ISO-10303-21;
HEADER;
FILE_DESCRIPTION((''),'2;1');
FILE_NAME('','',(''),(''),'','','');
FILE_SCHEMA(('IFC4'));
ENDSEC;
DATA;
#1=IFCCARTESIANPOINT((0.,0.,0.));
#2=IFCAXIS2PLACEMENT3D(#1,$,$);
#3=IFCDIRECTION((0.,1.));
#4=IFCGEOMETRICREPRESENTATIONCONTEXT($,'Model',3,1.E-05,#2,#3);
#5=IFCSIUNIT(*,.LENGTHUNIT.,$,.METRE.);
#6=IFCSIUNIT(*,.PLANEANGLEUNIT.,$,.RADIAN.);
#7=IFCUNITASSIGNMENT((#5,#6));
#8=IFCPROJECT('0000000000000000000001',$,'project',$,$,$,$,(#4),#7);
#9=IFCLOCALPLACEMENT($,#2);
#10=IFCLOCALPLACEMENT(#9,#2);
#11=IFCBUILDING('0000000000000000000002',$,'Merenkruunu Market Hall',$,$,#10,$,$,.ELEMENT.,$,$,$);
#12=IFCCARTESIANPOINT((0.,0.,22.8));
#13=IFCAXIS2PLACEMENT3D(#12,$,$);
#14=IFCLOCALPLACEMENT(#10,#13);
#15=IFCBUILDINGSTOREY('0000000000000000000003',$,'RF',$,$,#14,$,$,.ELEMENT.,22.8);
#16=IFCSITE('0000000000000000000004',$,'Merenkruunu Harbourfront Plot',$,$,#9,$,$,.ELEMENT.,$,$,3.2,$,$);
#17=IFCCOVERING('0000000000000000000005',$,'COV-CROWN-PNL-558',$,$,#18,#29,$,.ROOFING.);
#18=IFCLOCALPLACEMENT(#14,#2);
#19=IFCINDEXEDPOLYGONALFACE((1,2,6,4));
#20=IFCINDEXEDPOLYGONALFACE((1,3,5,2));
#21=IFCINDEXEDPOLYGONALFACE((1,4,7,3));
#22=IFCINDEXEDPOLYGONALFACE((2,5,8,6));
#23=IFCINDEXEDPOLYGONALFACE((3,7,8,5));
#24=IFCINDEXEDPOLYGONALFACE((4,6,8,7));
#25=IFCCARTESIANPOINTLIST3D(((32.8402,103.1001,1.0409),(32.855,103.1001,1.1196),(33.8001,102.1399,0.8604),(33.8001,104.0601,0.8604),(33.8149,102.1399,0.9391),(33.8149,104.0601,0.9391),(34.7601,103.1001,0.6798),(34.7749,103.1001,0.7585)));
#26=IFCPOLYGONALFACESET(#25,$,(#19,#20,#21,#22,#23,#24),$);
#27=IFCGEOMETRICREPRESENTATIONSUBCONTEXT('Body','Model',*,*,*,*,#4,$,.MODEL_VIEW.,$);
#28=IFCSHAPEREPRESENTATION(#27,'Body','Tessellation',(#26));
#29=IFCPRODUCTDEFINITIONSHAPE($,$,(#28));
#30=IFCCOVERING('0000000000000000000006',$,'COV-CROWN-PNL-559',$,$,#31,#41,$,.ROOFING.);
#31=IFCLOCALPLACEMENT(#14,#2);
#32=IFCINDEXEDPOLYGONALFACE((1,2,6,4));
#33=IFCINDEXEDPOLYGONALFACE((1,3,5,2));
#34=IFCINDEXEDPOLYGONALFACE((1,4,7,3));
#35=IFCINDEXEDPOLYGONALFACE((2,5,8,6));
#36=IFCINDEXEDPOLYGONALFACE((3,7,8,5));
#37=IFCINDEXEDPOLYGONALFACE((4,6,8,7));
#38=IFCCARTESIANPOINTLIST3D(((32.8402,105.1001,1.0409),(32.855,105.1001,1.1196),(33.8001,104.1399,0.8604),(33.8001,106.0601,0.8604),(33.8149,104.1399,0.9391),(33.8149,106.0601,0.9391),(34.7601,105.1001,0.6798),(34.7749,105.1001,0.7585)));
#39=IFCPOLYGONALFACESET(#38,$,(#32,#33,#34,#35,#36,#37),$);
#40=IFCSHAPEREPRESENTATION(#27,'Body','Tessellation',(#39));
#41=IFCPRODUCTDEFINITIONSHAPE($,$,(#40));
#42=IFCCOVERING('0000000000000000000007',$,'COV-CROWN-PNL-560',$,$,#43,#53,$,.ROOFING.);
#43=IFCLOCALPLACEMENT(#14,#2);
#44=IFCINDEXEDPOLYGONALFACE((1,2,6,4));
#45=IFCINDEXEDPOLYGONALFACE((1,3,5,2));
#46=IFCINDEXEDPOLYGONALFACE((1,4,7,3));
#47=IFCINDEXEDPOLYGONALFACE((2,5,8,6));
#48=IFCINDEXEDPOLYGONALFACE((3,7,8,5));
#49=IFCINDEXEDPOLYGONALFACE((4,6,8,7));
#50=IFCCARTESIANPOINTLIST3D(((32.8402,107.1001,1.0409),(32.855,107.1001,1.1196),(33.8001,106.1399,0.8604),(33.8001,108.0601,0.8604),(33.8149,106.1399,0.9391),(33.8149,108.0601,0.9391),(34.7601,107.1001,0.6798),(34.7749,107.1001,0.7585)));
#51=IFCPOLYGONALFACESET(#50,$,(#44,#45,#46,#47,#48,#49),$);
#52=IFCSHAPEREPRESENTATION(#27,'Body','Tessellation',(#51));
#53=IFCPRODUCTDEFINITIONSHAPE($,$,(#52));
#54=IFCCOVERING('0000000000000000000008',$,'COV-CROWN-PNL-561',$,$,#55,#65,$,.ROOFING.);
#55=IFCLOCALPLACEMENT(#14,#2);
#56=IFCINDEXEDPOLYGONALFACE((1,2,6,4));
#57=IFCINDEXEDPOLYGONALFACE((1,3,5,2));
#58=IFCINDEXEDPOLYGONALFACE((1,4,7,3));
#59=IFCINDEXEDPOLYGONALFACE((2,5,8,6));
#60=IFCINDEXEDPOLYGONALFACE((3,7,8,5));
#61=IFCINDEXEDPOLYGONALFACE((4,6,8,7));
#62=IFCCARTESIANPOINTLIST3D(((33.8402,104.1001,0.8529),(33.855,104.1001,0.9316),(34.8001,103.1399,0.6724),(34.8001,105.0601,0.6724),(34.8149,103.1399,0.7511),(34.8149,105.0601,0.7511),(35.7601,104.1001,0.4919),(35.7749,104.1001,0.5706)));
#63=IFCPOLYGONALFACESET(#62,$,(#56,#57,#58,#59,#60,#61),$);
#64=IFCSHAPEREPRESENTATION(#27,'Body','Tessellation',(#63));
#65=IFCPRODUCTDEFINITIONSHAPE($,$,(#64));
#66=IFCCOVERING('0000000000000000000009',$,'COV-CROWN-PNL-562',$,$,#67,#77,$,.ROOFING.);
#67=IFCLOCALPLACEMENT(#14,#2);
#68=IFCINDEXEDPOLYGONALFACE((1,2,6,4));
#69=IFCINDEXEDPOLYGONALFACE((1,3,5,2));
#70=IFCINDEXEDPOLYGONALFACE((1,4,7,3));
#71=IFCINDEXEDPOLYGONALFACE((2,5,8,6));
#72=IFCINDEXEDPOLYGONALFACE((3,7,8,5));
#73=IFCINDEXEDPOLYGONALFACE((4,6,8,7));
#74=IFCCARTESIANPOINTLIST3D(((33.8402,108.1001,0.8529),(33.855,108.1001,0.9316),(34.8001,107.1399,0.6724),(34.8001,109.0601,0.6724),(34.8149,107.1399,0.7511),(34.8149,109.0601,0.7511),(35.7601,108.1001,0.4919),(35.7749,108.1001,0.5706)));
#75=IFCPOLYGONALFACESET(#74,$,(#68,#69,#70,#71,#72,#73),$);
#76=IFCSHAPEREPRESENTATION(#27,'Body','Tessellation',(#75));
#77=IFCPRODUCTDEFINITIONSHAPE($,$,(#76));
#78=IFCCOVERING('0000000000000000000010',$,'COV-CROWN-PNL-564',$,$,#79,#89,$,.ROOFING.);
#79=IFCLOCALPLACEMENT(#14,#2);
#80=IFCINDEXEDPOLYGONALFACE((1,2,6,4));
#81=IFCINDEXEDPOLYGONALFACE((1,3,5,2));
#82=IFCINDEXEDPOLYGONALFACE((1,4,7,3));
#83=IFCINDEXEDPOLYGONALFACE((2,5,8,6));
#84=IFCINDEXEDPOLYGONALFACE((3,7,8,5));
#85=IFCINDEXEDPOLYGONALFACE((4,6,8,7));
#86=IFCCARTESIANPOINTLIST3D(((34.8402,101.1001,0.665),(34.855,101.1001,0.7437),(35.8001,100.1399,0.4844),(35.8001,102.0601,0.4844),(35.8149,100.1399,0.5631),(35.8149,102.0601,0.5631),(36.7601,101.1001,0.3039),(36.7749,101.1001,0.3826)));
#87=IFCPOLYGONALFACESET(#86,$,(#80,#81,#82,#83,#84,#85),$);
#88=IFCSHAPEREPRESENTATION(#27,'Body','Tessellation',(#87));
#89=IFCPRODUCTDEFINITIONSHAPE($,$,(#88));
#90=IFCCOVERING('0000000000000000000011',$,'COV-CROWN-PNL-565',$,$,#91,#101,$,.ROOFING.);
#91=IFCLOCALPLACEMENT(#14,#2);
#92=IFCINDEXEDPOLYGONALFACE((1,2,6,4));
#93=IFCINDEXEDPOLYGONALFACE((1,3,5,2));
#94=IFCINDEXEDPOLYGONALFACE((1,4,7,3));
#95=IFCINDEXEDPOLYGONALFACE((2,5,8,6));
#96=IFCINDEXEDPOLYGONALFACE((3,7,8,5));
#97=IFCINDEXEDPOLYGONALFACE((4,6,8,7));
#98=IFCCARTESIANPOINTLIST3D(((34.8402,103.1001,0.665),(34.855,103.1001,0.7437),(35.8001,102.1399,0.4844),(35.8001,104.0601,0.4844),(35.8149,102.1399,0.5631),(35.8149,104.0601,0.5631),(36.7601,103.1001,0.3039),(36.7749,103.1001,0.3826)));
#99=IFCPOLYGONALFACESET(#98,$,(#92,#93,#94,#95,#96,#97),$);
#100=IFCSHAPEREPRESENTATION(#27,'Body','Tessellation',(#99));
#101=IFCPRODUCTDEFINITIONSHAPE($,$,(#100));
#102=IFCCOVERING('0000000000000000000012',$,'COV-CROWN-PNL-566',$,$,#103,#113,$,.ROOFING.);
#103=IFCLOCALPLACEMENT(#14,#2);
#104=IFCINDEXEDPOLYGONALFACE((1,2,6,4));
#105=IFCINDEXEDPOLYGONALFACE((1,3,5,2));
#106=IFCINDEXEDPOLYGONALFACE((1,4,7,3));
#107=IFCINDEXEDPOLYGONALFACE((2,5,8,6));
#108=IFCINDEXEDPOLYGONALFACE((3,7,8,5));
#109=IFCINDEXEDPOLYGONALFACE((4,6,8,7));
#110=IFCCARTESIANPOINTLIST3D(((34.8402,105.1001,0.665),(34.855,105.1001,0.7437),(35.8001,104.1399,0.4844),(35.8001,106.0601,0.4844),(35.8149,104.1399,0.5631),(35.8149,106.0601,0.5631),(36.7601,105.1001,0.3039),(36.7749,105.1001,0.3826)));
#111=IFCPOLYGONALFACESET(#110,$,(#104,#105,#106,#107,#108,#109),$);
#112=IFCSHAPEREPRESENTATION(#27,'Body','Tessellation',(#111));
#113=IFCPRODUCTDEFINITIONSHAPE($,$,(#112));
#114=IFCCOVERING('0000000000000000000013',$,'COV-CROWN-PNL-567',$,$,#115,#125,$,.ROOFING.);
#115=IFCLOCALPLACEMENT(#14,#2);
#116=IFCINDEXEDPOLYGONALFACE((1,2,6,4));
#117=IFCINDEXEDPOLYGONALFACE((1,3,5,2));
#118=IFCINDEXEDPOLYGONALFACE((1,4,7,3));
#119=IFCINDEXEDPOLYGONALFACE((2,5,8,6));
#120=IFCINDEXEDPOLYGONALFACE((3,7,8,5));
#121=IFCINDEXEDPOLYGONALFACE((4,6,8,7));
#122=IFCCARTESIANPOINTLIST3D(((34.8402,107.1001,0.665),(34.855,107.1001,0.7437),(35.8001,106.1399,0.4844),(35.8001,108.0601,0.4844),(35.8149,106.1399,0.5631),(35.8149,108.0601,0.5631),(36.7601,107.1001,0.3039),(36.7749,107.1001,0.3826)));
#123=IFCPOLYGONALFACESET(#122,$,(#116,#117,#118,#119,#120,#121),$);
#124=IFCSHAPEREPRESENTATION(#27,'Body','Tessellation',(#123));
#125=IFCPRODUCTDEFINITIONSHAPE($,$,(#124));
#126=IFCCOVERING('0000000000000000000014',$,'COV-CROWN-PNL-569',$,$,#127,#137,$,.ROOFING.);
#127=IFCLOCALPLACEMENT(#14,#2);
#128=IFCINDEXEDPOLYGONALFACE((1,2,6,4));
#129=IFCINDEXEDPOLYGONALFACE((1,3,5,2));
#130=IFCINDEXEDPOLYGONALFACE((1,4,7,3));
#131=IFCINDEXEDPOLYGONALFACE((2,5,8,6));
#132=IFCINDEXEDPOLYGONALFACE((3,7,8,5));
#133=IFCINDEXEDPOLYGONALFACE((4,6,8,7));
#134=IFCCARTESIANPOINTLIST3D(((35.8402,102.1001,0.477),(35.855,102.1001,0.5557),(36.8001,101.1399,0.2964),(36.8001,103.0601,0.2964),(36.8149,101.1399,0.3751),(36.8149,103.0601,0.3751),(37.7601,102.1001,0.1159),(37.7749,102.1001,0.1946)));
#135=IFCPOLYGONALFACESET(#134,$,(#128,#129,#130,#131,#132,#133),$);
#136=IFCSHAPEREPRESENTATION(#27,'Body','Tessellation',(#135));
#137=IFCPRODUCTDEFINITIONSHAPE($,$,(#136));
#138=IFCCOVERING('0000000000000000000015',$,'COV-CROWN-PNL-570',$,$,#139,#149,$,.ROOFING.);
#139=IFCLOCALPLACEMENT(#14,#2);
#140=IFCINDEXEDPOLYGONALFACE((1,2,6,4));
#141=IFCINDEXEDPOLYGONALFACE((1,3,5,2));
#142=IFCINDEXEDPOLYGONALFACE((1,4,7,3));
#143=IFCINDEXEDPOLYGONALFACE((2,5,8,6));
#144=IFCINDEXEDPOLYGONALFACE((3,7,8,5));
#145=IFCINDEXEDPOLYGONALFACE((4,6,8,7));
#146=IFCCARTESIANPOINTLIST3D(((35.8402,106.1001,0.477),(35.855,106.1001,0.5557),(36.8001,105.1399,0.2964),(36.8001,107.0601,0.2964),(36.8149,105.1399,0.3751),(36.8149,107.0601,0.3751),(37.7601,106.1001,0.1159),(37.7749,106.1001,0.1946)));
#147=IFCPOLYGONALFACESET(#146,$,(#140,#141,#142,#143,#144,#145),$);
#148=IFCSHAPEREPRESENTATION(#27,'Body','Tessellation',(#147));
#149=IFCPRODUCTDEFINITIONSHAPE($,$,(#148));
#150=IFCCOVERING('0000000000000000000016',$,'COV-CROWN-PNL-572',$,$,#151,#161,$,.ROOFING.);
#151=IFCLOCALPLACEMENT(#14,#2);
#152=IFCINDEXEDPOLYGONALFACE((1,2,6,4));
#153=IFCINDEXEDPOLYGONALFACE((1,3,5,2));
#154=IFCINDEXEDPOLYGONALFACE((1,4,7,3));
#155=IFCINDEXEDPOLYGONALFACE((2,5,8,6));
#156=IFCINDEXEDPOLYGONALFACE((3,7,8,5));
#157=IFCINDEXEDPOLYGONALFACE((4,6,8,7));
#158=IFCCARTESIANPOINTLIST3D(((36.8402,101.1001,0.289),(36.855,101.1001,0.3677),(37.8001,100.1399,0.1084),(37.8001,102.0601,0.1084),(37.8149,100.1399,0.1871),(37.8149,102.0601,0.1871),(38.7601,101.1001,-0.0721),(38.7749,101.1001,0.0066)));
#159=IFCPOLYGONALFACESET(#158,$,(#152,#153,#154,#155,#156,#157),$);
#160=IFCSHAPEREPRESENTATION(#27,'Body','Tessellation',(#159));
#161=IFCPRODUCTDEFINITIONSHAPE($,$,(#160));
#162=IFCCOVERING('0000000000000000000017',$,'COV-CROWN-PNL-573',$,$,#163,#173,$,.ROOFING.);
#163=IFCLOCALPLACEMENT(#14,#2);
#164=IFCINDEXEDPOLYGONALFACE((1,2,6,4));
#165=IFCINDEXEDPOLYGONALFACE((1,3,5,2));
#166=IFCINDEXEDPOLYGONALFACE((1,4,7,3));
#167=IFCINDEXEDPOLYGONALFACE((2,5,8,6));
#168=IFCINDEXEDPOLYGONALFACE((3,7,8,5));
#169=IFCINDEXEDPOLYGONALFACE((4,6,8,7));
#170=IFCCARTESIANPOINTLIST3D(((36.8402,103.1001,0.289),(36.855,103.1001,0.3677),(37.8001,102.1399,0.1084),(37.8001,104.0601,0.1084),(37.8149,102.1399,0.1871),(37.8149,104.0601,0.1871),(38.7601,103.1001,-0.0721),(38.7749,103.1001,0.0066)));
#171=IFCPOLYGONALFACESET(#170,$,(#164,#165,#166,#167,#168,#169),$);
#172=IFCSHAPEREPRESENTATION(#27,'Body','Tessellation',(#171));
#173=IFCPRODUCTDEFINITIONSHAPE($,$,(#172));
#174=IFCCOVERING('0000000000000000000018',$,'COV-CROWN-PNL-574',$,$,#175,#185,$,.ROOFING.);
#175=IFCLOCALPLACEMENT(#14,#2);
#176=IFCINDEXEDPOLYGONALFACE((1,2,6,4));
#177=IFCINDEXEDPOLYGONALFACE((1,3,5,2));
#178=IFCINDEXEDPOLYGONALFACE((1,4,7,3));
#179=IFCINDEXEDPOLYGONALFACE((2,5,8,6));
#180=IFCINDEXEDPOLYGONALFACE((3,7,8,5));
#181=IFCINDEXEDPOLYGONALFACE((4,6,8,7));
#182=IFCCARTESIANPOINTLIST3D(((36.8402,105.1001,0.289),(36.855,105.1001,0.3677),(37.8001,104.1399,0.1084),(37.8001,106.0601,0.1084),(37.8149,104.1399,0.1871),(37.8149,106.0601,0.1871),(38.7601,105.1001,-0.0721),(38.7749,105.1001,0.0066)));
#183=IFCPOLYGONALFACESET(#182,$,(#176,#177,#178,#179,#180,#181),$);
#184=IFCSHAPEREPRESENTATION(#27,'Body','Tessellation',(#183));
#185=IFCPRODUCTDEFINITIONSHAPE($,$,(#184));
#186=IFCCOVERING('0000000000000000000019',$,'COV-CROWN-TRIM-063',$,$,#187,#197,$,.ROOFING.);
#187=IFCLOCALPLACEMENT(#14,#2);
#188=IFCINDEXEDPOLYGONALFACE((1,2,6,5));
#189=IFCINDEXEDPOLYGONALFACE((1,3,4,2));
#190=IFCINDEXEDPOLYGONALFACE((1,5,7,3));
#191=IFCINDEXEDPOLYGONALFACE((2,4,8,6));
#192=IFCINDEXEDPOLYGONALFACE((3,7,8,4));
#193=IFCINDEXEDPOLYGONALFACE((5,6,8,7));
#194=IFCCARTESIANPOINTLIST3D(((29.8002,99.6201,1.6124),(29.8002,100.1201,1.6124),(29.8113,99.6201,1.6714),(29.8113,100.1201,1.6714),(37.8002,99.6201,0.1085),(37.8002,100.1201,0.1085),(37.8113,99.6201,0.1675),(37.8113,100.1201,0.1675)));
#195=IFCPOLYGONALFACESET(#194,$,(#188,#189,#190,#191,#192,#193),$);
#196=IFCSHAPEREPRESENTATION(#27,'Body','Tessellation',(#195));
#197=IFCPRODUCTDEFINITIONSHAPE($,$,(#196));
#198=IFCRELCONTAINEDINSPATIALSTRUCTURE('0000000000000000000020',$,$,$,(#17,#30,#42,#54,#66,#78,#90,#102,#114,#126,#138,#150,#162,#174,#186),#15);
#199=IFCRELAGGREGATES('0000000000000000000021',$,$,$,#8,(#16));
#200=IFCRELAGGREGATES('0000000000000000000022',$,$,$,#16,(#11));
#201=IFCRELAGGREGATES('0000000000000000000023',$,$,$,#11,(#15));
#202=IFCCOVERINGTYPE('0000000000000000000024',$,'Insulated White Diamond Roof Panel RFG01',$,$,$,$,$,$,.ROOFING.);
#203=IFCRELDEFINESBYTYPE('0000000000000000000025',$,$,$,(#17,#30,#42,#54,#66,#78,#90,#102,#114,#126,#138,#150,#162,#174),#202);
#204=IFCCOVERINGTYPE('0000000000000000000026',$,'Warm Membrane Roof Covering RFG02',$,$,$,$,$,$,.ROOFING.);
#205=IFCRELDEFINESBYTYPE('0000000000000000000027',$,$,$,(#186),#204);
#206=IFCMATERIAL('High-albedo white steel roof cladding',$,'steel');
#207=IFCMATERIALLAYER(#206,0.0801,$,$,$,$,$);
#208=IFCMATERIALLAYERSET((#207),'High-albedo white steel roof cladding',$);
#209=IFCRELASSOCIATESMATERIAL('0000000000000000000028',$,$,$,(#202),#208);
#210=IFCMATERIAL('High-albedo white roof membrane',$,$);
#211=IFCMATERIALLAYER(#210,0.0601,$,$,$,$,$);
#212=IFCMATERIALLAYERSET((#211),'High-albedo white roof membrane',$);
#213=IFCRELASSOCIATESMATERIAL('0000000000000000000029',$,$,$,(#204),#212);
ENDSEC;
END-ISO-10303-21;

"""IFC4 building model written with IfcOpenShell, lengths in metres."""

from ifc_helpers import new_model, si_unit, direction, frame, origin, place, context, subcontext, project, spatial, polyline, outline, extrude, material, layer, layer_set, type_object, element, save


model = new_model("IFC4")

# Units and contexts
model_context = context("Model", 3, precision=1e-05, world=origin(), true_north=direction((0.0, 1.0)))
body_context = subcontext(model_context, "Body", "Model", "MODEL_VIEW")
ifc_project = project(units=[si_unit("LENGTHUNIT", "METRE"), si_unit("PLANEANGLEUNIT", "RADIAN")], contexts=[model_context])

# Site, building, storey
site_placement = place(None, origin())
site = spatial("IfcSite", under=ifc_project, at=site_placement, Name="Merenkruunu Harbourfront Plot", CompositionType="ELEMENT", RefElevation=3.2)
building_placement = place(site_placement, origin())
building = spatial("IfcBuilding", under=site, at=building_placement, Name="Merenkruunu Market Hall", CompositionType="ELEMENT")
storey_placement = place(building_placement, frame((0.0, 0.0, 22.8)))
storey = spatial("IfcBuildingStorey", under=building, at=storey_placement, Name="RF", CompositionType="ELEMENT", Elevation=22.8)

# Coverings
ifc_material_1 = material(Name="High-albedo white steel roof cladding", Category="steel")
ifc_layer_1 = layer(ifc_material_1, 0.0801)
ifc_layer_set_1 = layer_set([ifc_layer_1], Name="High-albedo white steel roof cladding")
covering_type_1 = type_object("IfcCoveringType", Name="Insulated White Diamond Roof Panel RFG01", PredefinedType="ROOFING", material=ifc_layer_set_1)
for number, where, z_axis, x_axis, name in (
    (1, (32.855, 103.1001, 1.1196), (0.184832, 0.0, 0.98277), (0.70084, -0.701035, -0.131809), "COV-CROWN-PNL-558"),
    (2, (32.855, 105.1001, 1.1196), (0.184832, 0.0, 0.98277), (0.70084, -0.701035, -0.131809), "COV-CROWN-PNL-559"),
    (3, (32.855, 107.1001, 1.1196), (0.184832, 0.0, 0.98277), (0.70084, -0.701035, -0.131809), "COV-CROWN-PNL-560"),
    (4, (33.855, 104.1001, 0.9316), (0.184832, 0.0, 0.98277), (0.70084, -0.701035, -0.131809), "COV-CROWN-PNL-561"),
    (5, (33.855, 108.1001, 0.9316), (0.184832, 0.0, 0.98277), (0.70084, -0.701035, -0.131809), "COV-CROWN-PNL-562"),
    (6, (34.855, 101.1001, 0.7437), (0.184832, 0.0, 0.98277), (0.70084, -0.701035, -0.131809), "COV-CROWN-PNL-564"),
    (7, (34.855, 103.1001, 0.7437), (0.184832, 0.0, 0.98277), (0.70084, -0.701035, -0.131809), "COV-CROWN-PNL-565"),
    (8, (34.855, 105.1001, 0.7437), (0.184832, 0.0, 0.98277), (0.70084, -0.701035, -0.131809), "COV-CROWN-PNL-566"),
    (9, (34.855, 107.1001, 0.7437), (0.184832, 0.0, 0.98277), (0.70084, -0.701035, -0.131809), "COV-CROWN-PNL-567"),
    (10, (35.855, 102.1001, 0.5557), (0.184832, 0.0, 0.98277), (0.70084, -0.701035, -0.131809), "COV-CROWN-PNL-569"),
    (11, (35.855, 106.1001, 0.5557), (0.184832, 0.0, 0.98277), (0.70084, -0.701035, -0.131809), "COV-CROWN-PNL-570"),
    (12, (36.855, 101.1001, 0.3677), (0.184832, 0.0, 0.98277), (0.70084, -0.701035, -0.131809), "COV-CROWN-PNL-572"),
    (13, (36.855, 103.1001, 0.3677), (0.184832, 0.0, 0.98277), (0.70084, -0.701035, -0.131809), "COV-CROWN-PNL-573"),
    (14, (36.855, 105.1001, 0.3677), (0.184832, 0.0, 0.98277), (0.70084, -0.701035, -0.131809), "COV-CROWN-PNL-574"),
):
    element("IfcCovering", number, at=place(storey_placement, frame(where, z_axis=z_axis, x_axis=x_axis)), inside=storey, type_object=covering_type_1, Name=name, PredefinedType="ROOFING", context=body_context, shape_type="SweptSolid", body=[
        extrude(outline(polyline([(0.0, 0.0), (1.3697, 0.0), (1.3932, 1.3695), (0.0236, 1.3693), (0.0, 0.0)])), origin(), (0.0, 0.0, -1.0), 0.0801),
    ])
ifc_material_2 = material(Name="High-albedo white roof membrane")
ifc_layer_2 = layer(ifc_material_2, 0.0601)
ifc_layer_set_2 = layer_set([ifc_layer_2], Name="High-albedo white roof membrane")
covering_type_2 = type_object("IfcCoveringType", Name="Warm Membrane Roof Covering RFG02", PredefinedType="ROOFING", material=ifc_layer_set_2)
covering_placement = place(storey_placement, frame((29.8113, 99.6201, 1.6714), z_axis=(0.184752, 0.0, 0.982785), x_axis=(0.982785, 0.0, -0.184752)))
element("IfcCovering", 15, at=covering_placement, inside=storey, type_object=covering_type_2, Name="COV-CROWN-TRIM-063", PredefinedType="ROOFING", context=body_context, shape_type="SweptSolid", body=[
    extrude(outline(polyline([(0.0, 0.0), (8.1401, 0.0), (8.1401, 0.5), (0.0, 0.5), (0.0, 0.0)])), origin(), (0.0, 0.0, -1.0), 0.0601),
])

save(model, "model.ifc")
